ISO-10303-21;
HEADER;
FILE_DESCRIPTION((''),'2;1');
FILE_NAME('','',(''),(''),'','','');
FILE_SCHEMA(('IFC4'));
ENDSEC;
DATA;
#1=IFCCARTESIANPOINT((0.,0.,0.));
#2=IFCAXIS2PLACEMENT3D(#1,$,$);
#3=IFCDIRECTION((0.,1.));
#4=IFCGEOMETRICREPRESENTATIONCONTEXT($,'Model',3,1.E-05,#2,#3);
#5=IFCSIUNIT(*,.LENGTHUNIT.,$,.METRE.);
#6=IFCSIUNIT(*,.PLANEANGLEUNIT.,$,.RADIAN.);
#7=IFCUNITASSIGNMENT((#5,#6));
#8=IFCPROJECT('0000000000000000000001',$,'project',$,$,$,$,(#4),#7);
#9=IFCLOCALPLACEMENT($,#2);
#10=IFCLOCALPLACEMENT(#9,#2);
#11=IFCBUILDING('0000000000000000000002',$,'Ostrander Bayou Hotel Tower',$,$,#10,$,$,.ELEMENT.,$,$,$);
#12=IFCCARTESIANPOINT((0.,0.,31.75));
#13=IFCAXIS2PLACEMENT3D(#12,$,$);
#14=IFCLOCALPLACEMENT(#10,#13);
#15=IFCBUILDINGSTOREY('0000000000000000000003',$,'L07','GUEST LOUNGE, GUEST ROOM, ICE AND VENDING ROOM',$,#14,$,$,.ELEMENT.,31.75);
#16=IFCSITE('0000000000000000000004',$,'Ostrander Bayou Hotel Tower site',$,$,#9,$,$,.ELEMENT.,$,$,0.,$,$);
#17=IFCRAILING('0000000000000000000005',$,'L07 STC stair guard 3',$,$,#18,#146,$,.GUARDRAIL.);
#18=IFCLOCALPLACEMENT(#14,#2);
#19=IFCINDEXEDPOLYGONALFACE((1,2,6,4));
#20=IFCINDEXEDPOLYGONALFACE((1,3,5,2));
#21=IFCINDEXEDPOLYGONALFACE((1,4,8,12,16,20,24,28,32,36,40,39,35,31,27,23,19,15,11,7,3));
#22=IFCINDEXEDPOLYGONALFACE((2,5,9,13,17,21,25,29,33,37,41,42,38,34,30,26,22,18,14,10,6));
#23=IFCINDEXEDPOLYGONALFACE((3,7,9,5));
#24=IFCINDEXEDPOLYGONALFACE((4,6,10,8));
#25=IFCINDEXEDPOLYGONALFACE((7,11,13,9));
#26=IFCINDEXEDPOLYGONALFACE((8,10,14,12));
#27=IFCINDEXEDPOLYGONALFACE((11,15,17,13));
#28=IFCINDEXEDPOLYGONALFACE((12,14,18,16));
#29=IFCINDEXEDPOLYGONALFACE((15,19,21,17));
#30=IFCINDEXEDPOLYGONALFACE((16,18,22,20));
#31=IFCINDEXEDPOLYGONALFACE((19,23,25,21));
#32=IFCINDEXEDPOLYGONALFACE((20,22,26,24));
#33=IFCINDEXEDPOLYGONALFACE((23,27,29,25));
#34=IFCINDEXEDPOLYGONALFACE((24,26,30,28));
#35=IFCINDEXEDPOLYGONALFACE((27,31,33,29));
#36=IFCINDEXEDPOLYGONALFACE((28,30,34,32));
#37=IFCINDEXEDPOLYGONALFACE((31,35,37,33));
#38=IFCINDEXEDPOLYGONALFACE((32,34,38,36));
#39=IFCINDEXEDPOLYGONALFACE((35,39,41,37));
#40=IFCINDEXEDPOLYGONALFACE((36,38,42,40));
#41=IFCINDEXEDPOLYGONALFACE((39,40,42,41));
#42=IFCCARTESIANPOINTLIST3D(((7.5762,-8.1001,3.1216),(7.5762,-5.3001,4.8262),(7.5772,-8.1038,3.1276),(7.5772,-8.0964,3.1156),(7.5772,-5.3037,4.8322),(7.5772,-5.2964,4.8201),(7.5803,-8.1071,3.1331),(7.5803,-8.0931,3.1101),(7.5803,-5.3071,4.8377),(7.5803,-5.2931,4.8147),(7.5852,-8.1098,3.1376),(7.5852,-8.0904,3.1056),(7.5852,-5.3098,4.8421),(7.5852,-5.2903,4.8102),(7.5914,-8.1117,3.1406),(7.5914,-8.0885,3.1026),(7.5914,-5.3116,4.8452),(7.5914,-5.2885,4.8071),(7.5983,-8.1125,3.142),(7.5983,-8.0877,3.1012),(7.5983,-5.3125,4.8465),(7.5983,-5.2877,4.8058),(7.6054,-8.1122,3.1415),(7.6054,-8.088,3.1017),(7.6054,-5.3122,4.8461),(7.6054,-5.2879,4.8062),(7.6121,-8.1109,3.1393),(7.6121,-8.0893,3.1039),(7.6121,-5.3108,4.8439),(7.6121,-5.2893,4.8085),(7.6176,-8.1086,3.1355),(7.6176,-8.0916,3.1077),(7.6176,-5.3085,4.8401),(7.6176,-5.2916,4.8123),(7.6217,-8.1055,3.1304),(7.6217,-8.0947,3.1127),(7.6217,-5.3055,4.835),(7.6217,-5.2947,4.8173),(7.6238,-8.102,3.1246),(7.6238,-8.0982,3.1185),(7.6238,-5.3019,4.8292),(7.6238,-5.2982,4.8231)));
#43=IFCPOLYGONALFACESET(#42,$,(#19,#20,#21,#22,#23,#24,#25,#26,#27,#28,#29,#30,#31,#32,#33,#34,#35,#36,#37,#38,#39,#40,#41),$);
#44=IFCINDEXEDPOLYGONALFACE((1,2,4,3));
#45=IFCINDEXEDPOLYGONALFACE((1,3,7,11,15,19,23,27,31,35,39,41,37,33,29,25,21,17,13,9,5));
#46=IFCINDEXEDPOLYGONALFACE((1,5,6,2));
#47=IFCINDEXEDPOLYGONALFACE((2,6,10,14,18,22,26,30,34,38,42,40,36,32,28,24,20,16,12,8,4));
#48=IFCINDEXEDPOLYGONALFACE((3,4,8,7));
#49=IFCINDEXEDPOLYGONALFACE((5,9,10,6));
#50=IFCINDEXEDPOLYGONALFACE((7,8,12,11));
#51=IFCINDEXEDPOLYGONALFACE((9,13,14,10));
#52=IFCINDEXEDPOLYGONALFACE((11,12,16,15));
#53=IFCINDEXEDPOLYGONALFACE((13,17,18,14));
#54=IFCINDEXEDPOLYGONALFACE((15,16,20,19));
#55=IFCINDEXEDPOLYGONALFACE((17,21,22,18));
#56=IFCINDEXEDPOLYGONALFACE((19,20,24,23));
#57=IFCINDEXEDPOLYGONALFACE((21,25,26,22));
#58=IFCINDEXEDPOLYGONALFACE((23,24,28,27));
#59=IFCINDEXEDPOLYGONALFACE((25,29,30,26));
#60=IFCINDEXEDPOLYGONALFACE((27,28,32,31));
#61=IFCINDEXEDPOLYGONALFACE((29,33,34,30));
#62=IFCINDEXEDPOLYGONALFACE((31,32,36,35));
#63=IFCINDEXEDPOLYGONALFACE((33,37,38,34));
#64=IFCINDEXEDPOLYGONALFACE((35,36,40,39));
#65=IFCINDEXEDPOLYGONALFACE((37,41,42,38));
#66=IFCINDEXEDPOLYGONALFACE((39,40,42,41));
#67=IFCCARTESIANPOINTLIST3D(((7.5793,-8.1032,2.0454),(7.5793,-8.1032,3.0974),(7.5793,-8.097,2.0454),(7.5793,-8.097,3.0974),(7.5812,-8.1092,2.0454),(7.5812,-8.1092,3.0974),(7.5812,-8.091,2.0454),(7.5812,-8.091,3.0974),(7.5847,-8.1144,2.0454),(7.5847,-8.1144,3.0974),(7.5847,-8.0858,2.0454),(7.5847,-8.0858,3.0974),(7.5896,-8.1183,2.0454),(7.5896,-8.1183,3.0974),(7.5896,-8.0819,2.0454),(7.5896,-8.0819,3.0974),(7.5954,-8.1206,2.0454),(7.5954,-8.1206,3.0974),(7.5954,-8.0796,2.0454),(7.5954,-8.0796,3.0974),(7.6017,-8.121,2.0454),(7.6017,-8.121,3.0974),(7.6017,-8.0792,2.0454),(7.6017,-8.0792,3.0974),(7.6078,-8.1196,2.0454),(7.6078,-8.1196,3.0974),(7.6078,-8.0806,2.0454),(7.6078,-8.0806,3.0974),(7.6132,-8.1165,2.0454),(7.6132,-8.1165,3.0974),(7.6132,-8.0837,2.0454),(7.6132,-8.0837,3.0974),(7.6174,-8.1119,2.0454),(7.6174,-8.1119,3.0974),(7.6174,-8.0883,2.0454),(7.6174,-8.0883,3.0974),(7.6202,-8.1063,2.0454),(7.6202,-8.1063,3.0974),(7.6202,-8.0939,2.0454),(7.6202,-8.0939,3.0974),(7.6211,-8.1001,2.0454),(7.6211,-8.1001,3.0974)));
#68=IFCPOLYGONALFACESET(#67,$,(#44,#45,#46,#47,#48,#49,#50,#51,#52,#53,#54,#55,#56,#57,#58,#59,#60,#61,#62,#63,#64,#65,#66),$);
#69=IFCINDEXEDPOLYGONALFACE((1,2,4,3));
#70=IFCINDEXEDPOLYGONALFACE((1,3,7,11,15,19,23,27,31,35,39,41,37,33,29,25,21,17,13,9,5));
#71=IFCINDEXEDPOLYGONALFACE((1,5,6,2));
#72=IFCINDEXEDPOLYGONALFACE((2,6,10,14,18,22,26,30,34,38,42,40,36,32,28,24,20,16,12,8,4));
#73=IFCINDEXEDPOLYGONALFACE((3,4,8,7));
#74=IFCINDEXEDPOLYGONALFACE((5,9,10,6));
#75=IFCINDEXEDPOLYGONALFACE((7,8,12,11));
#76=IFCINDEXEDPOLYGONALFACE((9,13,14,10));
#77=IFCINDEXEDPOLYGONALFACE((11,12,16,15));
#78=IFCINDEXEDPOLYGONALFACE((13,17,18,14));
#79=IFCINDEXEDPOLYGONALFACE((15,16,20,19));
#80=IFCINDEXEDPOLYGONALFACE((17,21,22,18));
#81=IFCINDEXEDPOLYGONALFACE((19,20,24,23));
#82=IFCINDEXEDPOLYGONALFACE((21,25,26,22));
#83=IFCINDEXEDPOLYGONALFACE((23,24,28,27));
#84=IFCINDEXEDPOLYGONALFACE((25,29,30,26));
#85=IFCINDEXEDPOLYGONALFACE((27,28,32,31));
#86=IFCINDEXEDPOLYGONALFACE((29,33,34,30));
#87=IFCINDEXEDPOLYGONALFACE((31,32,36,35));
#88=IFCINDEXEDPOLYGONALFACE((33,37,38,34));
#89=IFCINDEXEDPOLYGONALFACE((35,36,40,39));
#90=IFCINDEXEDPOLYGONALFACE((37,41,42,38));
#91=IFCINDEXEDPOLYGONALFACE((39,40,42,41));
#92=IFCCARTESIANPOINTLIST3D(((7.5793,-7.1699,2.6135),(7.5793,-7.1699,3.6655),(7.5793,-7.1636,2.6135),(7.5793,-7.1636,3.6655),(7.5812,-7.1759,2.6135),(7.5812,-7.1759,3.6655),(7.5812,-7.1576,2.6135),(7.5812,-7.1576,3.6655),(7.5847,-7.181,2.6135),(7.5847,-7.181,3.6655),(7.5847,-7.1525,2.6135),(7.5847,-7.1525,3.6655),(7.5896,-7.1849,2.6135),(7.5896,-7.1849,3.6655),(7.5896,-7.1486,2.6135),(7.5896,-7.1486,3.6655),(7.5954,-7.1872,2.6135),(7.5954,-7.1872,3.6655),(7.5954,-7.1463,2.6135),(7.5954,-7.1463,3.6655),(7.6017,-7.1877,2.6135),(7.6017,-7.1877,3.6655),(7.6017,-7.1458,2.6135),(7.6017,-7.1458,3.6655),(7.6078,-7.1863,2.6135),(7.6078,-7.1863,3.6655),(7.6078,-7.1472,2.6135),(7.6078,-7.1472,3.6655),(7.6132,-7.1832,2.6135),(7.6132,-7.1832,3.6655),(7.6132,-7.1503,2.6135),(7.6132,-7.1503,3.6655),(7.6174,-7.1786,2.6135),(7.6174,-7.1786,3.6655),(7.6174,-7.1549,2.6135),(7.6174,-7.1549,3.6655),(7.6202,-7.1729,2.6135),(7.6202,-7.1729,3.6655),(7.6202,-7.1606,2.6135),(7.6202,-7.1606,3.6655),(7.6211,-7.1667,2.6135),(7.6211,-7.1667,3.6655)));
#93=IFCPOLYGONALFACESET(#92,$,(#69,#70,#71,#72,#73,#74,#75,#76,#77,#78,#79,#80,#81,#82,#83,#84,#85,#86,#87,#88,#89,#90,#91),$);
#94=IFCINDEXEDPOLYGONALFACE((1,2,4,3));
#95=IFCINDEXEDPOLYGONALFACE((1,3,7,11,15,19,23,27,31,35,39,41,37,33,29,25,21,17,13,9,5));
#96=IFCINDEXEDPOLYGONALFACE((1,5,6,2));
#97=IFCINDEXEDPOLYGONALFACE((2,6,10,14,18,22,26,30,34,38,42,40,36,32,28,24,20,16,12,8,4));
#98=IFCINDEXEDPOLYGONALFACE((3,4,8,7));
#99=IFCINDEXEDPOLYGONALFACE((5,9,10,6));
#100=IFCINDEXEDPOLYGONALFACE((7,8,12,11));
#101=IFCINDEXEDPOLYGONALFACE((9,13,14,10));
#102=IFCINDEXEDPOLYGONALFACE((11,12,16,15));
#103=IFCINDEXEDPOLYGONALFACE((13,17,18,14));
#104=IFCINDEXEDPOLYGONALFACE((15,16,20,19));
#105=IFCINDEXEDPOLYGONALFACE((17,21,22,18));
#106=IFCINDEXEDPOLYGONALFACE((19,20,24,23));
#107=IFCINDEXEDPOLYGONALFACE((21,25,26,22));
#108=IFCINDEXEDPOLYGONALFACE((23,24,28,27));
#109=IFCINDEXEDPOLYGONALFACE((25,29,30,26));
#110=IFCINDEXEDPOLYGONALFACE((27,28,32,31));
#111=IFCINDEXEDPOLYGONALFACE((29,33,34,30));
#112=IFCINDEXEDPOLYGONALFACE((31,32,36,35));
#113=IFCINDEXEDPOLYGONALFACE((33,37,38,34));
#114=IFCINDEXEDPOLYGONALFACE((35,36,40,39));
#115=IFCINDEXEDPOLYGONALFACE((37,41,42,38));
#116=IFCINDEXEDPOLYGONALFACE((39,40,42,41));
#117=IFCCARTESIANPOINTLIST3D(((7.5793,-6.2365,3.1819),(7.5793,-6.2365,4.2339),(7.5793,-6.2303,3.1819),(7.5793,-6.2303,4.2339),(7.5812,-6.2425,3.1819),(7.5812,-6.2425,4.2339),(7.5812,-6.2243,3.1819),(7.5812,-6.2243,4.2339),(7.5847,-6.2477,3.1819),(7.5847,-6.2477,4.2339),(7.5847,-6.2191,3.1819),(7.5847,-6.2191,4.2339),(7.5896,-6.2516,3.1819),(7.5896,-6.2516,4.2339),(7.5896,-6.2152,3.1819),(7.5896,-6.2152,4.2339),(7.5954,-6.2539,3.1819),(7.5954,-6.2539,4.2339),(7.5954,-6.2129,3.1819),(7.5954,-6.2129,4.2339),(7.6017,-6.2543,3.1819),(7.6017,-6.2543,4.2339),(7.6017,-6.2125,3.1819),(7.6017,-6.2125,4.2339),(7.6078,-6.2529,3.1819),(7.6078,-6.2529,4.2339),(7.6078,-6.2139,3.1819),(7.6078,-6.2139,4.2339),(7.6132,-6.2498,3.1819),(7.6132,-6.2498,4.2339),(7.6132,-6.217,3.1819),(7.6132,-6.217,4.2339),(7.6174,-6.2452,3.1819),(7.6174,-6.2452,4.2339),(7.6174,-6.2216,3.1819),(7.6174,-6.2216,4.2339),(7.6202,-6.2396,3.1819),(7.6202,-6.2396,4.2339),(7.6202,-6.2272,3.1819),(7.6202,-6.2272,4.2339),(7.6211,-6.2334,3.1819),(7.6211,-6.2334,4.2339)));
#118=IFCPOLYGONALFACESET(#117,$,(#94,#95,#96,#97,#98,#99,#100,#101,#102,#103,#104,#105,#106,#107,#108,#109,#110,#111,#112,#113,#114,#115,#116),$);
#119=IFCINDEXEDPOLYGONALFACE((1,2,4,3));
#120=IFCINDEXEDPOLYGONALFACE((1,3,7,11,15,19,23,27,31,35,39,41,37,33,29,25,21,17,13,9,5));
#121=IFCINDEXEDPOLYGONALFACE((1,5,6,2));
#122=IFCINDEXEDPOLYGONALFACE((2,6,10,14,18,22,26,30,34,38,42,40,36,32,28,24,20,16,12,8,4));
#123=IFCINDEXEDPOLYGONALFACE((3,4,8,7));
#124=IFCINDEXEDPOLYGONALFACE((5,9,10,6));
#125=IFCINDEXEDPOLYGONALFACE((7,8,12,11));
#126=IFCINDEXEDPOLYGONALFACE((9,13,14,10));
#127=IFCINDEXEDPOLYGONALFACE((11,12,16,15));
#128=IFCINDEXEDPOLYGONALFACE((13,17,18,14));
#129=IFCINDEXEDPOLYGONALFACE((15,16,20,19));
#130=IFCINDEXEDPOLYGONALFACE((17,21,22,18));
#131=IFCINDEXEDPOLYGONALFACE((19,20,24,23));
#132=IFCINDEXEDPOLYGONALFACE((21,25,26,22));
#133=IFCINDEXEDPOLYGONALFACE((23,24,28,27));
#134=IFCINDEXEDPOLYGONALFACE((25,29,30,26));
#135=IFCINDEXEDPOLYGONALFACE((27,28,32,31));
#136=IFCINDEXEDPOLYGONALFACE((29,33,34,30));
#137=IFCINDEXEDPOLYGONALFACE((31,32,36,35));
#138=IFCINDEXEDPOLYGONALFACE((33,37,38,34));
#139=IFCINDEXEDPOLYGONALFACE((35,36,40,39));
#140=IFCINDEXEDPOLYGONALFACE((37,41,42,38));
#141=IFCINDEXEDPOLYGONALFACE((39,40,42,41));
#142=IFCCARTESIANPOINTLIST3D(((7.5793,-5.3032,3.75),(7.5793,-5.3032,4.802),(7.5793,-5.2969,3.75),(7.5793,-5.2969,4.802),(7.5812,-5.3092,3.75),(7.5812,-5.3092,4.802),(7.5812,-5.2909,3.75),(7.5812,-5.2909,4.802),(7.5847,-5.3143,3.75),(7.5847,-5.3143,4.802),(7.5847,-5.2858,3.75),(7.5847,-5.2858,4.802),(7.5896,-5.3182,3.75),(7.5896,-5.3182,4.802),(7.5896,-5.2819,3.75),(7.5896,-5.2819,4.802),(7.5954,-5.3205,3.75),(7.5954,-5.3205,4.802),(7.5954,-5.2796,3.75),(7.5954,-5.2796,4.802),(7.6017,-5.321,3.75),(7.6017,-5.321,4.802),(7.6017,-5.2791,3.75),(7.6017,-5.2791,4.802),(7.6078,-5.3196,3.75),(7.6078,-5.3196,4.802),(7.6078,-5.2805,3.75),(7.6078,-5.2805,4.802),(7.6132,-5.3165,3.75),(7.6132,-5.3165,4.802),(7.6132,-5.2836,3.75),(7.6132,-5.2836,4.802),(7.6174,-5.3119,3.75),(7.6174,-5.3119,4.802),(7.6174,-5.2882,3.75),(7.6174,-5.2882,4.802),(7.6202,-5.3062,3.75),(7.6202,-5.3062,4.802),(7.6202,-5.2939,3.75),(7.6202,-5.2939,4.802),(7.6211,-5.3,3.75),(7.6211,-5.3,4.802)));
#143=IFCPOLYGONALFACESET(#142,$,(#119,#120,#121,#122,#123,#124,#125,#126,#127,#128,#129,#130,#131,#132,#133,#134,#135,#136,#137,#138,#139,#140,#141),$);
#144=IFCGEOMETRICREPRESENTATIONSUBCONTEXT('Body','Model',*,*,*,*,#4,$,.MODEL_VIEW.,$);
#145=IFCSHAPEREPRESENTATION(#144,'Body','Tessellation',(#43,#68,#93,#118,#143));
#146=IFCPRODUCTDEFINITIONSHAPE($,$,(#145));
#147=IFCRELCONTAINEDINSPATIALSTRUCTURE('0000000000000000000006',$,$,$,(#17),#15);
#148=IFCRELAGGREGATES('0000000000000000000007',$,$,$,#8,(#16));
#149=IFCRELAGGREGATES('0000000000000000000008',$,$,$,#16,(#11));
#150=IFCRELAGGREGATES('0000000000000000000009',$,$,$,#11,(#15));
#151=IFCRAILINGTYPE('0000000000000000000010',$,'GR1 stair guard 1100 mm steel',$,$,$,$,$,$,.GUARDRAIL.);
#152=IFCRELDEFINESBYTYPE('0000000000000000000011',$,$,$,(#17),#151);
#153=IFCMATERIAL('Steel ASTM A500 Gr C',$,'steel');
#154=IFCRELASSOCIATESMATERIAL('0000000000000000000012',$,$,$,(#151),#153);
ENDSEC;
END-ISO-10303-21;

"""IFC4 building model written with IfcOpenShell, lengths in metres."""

from ifc_helpers import new_model, si_unit, direction, frame, origin, origin_2d, place, context, subcontext, project, spatial, circle, extrude, material, type_object, element, save


model = new_model("IFC4")

# Units and contexts
model_context = context("Model", 3, precision=1e-05, world=origin(), true_north=direction((0.0, 1.0)))
body_context = subcontext(model_context, "Body", "Model", "MODEL_VIEW")
ifc_project = project(units=[si_unit("LENGTHUNIT", "METRE"), si_unit("PLANEANGLEUNIT", "RADIAN")], contexts=[model_context])

# Site, building, storey
site_placement = place(None, origin())
site = spatial("IfcSite", under=ifc_project, at=site_placement, Name="Ostrander Bayou Hotel Tower site", CompositionType="ELEMENT", RefElevation=0.0)
building_placement = place(site_placement, origin())
building = spatial("IfcBuilding", under=site, at=building_placement, Name="Ostrander Bayou Hotel Tower", CompositionType="ELEMENT")
storey_placement = place(building_placement, frame((0.0, 0.0, 31.75)))
storey = spatial("IfcBuildingStorey", under=building, at=storey_placement, Name="L07", Description="GUEST LOUNGE, GUEST ROOM, ICE AND VENDING ROOM", CompositionType="ELEMENT", Elevation=31.75)

# Railing
ifc_material_1 = material(Name="Steel ASTM A500 Gr C", Category="steel")
railing_type = type_object("IfcRailingType", Name="GR1 stair guard 1100 mm steel", PredefinedType="GUARDRAIL", material=ifc_material_1)
railing_1_placement = place(storey_placement, frame((7.6001, -8.1001, 2.0454)))
element("IfcRailing", 1, at=railing_1_placement, inside=storey, type_object=railing_type, Name="L07 STC stair guard 3", PredefinedType="GUARDRAIL", context=body_context, shape_type="SweptSolid", body=[
    extrude(circle(Radius=0.0239, at=origin_2d()), frame((0.0, 0.0, 1.0762), z_axis=(0.0, 0.85417, 0.519994), x_axis=(-1.0, 0.0, 0.0)), (0.0, 0.0, 1.0), 3.2781),
    extrude(circle(Radius=0.021, at=origin_2d()), origin(), (0.0, 0.0, 1.0), 1.052),
    extrude(circle(Radius=0.021, at=origin_2d()), frame((0.0, 0.9333, 0.5681)), (0.0, 0.0, 1.0), 1.052),
    extrude(circle(Radius=0.021, at=origin_2d()), frame((0.0, 1.8667, 1.1365)), (0.0, 0.0, 1.0), 1.052),
    extrude(circle(Radius=0.021, at=origin_2d()), frame((0.0, 2.8, 1.7046)), (0.0, 0.0, 1.0), 1.052),
])

save(model, "model.ifc")
